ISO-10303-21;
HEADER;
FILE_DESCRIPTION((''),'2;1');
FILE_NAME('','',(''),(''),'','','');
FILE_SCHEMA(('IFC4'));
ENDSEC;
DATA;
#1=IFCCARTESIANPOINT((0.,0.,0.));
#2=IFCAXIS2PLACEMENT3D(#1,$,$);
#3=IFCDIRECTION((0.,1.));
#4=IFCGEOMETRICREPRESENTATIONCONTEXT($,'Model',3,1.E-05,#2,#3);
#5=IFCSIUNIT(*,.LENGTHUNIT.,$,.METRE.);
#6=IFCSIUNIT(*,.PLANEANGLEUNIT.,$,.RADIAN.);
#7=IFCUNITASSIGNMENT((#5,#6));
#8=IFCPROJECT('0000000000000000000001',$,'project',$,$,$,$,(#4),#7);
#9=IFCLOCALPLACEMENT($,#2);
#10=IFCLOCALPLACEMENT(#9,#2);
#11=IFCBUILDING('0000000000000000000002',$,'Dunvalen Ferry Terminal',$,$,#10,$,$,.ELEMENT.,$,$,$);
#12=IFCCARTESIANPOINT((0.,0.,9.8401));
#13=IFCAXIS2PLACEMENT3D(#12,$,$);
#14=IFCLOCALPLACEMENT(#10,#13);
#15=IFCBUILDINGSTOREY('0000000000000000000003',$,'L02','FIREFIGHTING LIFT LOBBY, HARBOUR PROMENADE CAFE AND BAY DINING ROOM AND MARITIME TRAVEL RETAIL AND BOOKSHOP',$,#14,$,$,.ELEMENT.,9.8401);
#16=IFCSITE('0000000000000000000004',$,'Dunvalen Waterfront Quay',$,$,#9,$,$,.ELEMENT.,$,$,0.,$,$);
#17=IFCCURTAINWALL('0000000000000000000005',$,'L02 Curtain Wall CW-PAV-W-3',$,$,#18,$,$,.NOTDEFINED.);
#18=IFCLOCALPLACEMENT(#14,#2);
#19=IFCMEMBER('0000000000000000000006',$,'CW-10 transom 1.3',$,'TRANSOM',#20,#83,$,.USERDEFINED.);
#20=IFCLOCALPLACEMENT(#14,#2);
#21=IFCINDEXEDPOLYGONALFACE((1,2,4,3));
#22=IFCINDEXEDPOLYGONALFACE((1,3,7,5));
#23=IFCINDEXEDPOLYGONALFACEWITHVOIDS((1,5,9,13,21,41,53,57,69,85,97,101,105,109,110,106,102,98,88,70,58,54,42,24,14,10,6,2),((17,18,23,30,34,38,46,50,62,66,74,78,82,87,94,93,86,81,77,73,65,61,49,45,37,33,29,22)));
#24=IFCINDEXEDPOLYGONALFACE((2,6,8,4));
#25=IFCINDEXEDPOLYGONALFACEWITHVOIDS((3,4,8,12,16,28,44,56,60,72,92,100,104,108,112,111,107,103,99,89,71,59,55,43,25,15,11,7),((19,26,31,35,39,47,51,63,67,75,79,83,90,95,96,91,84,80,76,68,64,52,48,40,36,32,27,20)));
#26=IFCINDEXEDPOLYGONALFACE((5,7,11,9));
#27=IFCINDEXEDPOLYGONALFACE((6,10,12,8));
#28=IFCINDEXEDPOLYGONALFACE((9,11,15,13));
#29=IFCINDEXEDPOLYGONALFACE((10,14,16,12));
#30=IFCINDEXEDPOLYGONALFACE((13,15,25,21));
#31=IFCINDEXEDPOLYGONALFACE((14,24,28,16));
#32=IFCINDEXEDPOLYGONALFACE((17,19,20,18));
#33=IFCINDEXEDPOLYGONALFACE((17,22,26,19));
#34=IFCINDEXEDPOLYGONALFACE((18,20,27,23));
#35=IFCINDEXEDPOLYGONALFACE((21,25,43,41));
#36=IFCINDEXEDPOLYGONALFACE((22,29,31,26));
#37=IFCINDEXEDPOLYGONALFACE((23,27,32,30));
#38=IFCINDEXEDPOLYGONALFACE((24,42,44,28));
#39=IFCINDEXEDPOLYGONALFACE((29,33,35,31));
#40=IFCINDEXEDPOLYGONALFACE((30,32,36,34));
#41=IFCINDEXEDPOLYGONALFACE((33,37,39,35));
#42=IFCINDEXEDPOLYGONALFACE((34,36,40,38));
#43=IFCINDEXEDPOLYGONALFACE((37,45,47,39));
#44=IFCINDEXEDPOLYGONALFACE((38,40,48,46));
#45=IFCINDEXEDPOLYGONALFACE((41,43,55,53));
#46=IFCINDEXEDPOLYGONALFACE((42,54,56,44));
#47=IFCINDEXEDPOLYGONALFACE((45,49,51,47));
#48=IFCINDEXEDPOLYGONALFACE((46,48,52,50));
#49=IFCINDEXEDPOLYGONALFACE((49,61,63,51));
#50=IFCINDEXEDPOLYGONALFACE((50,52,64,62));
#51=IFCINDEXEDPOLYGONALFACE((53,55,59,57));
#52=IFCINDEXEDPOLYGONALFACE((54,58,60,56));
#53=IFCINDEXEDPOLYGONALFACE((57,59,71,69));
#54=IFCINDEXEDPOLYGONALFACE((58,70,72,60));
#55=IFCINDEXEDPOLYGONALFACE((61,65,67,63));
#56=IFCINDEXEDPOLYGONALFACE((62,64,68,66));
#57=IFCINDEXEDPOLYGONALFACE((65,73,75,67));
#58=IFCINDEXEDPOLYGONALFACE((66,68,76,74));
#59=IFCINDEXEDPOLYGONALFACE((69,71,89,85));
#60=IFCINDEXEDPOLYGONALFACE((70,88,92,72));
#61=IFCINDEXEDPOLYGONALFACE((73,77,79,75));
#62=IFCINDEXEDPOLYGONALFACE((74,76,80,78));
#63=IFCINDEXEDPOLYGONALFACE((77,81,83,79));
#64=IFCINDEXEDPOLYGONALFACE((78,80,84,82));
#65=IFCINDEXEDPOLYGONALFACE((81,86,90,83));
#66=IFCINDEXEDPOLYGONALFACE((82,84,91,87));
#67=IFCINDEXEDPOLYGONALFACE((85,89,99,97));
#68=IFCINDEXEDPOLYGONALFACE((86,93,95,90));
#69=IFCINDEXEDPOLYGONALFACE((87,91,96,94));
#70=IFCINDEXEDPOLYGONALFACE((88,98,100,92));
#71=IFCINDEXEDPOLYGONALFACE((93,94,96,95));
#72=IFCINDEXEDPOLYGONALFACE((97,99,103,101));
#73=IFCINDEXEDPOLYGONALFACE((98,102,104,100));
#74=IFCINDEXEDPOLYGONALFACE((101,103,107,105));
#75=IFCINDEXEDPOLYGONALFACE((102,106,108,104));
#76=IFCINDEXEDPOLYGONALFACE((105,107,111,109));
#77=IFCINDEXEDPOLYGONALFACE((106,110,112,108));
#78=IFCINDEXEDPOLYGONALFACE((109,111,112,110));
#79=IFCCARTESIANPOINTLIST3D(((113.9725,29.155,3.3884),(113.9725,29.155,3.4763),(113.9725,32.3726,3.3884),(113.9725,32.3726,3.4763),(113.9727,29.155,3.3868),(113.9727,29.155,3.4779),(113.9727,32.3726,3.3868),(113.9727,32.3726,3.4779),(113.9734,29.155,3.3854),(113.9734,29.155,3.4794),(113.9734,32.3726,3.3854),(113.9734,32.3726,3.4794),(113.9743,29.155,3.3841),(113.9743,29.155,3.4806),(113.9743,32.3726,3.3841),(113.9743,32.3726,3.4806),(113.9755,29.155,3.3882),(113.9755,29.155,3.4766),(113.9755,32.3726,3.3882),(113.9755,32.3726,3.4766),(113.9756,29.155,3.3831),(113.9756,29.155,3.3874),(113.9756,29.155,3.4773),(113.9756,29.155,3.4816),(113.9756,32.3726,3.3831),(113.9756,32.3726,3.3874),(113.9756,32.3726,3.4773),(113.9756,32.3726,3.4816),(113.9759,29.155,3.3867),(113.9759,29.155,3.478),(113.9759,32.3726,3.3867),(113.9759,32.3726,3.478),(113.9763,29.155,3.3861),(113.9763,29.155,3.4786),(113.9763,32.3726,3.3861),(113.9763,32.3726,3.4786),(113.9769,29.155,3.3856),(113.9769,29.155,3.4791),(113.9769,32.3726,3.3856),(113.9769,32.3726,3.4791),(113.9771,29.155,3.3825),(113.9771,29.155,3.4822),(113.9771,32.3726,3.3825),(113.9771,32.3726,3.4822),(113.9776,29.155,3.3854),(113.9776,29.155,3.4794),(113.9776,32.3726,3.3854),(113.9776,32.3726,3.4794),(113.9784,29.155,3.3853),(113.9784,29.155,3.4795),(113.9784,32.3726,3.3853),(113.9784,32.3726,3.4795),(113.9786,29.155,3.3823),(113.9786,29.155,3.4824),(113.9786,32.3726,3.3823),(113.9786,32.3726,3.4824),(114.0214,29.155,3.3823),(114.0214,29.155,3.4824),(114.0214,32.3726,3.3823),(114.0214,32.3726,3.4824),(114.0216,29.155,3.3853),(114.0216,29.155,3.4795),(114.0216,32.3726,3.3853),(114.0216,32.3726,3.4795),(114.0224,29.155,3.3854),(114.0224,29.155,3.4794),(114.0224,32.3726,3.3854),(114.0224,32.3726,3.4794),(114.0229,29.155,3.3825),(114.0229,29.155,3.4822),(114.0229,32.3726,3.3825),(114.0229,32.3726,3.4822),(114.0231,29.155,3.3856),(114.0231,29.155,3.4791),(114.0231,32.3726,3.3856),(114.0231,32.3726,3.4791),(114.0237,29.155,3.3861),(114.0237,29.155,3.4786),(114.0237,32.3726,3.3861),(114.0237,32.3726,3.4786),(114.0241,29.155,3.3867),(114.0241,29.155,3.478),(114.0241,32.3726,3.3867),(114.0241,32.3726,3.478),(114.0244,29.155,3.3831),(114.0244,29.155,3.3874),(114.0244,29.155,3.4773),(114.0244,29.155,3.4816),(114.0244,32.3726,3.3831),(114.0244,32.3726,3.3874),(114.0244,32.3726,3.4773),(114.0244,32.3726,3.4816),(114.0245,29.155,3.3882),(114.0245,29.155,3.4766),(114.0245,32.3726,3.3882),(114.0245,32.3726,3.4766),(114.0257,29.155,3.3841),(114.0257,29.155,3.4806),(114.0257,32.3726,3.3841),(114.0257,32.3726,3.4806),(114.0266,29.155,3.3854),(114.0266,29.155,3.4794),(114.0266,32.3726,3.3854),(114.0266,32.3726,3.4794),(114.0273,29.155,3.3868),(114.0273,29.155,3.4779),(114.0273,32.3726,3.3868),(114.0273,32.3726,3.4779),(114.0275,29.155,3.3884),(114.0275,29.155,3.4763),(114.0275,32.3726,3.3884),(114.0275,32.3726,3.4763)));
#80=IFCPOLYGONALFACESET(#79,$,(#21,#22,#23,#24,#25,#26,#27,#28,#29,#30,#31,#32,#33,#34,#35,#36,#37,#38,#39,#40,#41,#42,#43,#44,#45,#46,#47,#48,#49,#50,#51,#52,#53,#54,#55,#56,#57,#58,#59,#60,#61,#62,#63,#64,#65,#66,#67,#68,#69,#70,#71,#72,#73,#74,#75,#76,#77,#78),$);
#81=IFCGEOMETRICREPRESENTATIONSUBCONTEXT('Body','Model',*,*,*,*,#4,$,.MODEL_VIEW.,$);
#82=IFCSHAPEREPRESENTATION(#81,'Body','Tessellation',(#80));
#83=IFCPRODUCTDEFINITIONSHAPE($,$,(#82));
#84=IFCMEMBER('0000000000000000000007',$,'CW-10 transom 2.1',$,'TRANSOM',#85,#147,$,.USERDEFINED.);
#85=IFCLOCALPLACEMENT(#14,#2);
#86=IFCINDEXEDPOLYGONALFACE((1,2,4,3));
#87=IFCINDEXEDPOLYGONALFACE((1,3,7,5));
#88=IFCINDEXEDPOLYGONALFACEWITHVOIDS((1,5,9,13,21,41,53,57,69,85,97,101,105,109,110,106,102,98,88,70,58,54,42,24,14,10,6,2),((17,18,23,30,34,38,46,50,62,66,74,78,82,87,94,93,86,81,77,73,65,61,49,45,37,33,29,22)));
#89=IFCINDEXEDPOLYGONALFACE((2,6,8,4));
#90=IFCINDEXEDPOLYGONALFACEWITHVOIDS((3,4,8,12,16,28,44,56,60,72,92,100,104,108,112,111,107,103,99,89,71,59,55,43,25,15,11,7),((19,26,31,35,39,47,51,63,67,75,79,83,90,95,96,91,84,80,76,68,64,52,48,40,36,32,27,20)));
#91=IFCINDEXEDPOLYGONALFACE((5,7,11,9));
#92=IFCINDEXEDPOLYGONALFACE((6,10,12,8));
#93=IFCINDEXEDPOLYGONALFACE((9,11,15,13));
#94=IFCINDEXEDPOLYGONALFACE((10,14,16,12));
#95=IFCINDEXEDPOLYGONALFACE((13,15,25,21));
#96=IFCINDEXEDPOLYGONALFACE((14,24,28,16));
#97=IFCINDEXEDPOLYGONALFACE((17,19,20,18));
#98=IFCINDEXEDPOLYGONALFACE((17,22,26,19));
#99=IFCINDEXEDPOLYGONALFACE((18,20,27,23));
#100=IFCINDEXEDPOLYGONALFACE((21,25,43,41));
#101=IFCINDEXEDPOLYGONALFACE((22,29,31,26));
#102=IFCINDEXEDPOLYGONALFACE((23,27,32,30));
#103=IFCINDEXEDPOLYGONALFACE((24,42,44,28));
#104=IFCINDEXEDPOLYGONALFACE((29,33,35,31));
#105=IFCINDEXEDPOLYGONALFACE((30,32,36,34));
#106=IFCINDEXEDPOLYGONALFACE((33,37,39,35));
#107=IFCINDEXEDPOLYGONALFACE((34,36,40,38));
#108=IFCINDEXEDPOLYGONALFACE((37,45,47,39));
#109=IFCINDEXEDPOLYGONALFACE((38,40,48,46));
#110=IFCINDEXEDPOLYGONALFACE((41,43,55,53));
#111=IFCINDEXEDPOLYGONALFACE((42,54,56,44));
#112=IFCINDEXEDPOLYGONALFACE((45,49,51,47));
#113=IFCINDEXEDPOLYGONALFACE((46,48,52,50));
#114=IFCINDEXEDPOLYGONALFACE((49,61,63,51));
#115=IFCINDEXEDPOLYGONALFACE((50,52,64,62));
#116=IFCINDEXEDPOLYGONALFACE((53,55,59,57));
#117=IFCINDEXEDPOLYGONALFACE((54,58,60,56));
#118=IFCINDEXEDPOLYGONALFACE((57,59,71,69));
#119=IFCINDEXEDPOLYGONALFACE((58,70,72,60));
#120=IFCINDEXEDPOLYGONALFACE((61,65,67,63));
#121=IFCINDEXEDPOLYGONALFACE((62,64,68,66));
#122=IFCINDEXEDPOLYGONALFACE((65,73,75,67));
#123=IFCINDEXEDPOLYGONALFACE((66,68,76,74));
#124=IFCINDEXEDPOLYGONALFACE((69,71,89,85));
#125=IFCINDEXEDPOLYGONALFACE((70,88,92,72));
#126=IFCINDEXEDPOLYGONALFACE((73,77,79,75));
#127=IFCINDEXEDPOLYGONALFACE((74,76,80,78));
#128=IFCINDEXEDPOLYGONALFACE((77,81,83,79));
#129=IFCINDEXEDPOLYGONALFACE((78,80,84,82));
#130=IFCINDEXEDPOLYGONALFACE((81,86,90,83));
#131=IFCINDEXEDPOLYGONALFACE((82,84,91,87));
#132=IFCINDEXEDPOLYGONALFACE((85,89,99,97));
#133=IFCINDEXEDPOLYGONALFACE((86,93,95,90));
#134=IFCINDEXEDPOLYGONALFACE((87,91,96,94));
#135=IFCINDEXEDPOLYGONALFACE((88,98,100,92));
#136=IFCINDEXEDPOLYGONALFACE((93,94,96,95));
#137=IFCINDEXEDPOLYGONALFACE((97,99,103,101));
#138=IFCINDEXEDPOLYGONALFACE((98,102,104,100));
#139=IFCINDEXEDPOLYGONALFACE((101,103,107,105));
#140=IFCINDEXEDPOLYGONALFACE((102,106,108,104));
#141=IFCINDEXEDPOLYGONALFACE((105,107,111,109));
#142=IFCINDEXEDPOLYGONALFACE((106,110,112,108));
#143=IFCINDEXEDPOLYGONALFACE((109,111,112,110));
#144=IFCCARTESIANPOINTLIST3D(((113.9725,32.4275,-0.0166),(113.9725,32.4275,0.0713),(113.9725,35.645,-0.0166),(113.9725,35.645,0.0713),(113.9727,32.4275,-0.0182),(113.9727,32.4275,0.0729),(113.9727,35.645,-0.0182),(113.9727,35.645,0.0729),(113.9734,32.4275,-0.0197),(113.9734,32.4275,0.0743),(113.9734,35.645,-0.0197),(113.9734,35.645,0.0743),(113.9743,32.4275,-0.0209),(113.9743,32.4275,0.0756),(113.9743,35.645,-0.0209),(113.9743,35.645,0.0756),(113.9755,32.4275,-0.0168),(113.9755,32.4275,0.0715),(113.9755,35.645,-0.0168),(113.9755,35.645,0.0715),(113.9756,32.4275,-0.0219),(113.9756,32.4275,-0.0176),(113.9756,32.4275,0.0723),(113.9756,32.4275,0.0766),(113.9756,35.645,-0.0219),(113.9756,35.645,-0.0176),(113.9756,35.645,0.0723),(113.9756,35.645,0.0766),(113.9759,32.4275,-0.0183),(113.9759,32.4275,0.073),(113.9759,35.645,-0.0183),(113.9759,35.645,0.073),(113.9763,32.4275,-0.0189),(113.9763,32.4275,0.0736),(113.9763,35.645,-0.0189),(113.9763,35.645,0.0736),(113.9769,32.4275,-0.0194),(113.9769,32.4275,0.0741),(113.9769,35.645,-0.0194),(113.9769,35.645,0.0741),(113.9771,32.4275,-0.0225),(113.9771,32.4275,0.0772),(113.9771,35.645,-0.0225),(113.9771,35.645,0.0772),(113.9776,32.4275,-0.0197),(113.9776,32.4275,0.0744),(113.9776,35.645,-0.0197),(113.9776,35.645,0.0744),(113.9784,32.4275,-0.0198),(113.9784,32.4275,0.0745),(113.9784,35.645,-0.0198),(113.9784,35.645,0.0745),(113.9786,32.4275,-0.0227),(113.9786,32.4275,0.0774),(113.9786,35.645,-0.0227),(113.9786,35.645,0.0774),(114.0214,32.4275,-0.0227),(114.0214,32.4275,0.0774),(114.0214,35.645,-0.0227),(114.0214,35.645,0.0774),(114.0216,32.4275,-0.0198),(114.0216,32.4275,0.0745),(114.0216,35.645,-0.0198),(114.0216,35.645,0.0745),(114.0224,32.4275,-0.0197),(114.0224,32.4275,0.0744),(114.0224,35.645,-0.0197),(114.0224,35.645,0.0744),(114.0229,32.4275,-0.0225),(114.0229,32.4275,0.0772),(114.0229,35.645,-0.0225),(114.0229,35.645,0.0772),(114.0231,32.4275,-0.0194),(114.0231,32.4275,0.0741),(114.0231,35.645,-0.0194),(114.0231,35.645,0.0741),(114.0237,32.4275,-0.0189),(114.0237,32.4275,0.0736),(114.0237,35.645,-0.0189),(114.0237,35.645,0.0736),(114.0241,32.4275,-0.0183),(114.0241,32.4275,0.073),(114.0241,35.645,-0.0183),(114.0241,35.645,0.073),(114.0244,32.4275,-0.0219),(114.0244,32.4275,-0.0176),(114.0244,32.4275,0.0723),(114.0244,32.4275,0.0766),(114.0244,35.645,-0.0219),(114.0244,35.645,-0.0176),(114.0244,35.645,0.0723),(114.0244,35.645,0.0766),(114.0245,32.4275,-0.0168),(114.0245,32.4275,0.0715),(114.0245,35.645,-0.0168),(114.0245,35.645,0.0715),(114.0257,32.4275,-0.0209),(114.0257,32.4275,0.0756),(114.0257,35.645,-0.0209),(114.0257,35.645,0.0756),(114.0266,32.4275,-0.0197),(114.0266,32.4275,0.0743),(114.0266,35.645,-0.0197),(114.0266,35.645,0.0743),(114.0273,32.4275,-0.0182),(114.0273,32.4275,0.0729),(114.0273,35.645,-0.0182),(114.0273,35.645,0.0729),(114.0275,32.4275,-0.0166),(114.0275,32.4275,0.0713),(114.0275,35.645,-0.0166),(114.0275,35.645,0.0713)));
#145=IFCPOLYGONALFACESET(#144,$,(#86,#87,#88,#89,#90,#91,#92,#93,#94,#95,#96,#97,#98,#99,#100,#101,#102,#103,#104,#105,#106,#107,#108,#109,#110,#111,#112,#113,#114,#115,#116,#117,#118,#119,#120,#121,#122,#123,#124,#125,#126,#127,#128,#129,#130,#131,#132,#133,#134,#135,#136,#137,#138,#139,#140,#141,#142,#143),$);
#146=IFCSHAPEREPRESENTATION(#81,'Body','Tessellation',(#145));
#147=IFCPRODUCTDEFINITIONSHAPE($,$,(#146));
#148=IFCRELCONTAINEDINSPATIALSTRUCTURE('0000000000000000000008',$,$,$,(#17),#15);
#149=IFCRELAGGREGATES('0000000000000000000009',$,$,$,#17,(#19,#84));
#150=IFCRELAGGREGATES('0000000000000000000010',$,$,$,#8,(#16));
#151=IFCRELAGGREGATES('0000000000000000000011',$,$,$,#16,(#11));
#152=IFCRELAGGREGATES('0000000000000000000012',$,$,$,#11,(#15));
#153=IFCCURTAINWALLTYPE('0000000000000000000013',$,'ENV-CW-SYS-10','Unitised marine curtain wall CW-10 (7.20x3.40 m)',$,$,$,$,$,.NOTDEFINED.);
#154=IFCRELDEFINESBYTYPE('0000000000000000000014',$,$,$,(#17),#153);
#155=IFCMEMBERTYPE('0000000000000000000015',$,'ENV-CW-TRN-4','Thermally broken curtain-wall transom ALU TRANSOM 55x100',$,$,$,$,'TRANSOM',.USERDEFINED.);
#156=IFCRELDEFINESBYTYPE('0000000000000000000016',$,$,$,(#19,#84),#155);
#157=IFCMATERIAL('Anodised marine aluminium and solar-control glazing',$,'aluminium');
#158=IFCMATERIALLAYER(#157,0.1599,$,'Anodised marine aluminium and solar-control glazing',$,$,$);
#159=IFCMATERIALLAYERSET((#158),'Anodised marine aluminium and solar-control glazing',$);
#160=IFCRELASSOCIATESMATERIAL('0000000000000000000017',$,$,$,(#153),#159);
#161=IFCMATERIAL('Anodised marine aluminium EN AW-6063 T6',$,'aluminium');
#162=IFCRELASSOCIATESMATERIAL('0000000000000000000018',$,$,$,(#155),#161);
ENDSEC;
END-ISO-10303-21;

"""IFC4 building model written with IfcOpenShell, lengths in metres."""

from ifc_helpers import new_model, si_unit, direction, frame, origin, origin_2d, place, context, subcontext, project, spatial, hollow_rectangle, extrude, material, layer, layer_set, material_profile, profile_set, type_object, element, aggregate, save


model = new_model("IFC4")

# Units and contexts
model_context = context("Model", 3, precision=1e-05, world=origin(), true_north=direction((0.0, 1.0)))
body_context = subcontext(model_context, "Body", "Model", "MODEL_VIEW")
ifc_project = project(units=[si_unit("LENGTHUNIT", "METRE"), si_unit("PLANEANGLEUNIT", "RADIAN")], contexts=[model_context])

# Site, building, storey
site_placement = place(None, origin())
site = spatial("IfcSite", under=ifc_project, at=site_placement, Name="Dunvalen Waterfront Quay", CompositionType="ELEMENT", RefElevation=0.0)
building_placement = place(site_placement, origin())
building = spatial("IfcBuilding", under=site, at=building_placement, Name="Dunvalen Ferry Terminal", CompositionType="ELEMENT")
storey_placement = place(building_placement, frame((0.0, 0.0, 9.8401)))
storey = spatial("IfcBuildingStorey", under=building, at=storey_placement, Name="L02", Description="FIREFIGHTING LIFT LOBBY, HARBOUR PROMENADE CAFE AND BAY DINING ROOM AND MARITIME TRAVEL RETAIL AND BOOKSHOP", CompositionType="ELEMENT", Elevation=9.8401)

# Curtain wall
ifc_material_1 = material(Name="Anodised marine aluminium and solar-control glazing", Category="aluminium")
ifc_material_2 = material(Name="Anodised marine aluminium EN AW-6063 T6", Category="aluminium")
ifc_layer_1 = layer(ifc_material_1, 0.1599, Name="Anodised marine aluminium and solar-control glazing")
ifc_layer_set_1 = layer_set([ifc_layer_1], Name="Anodised marine aluminium and solar-control glazing")
curtain_wall_type_1 = type_object("IfcCurtainWallType", Name="ENV-CW-SYS-10", Description="Unitised marine curtain wall CW-10 (7.20x3.40 m)", PredefinedType="NOTDEFINED", material=ifc_layer_set_1)
curtain_wall_1_placement = place(storey_placement, origin())
curtain_wall_1 = element("IfcCurtainWall", 1, at=curtain_wall_1_placement, inside=storey, type_object=curtain_wall_type_1, Name="L02 Curtain Wall CW-PAV-W-3", PredefinedType="NOTDEFINED")

# Members
ifc_material_profile_1 = material_profile(ifc_material_2, hollow_rectangle(XDim=0.0549, YDim=0.1001, WallThickness=0.0029, InnerFilletRadius=0.0029, OuterFilletRadius=0.0061, at=origin_2d()), Name="Anodised marine aluminium EN AW-6063 T6")
ifc_profile_set_1 = profile_set([ifc_material_profile_1], Name="Anodised marine aluminium EN AW-6063 T6")
member_type_1 = type_object("IfcMemberType", Name="ENV-CW-TRN-4", Description="Thermally broken curtain-wall transom ALU TRANSOM 55x100", ElementType="TRANSOM", PredefinedType="USERDEFINED", material=ifc_profile_set_1)
member_1_placement = place(storey_placement, frame((114.0, 29.155, 3.4324), z_axis=(0.0, 1.0, 0.0), x_axis=(-1.0, 0.0, 0.0)))
member_1 = element("IfcMember", 2, at=member_1_placement, type_object=member_type_1, Name="CW-10 transom 1.3", ObjectType="TRANSOM", PredefinedType="USERDEFINED", context=body_context, shape_type="SweptSolid", body=[
    extrude(hollow_rectangle(XDim=0.0549, YDim=0.1001, WallThickness=0.0029, InnerFilletRadius=0.0029, OuterFilletRadius=0.0061, at=origin_2d()), origin(), (0.0, 0.0, 1.0), 3.2175),
])
member_2_placement = place(storey_placement, frame((114.0, 32.4275, 0.0273), z_axis=(0.0, 1.0, 0.0), x_axis=(-1.0, 0.0, 0.0)))
member_2 = element("IfcMember", 3, at=member_2_placement, type_object=member_type_1, Name="CW-10 transom 2.1", ObjectType="TRANSOM", PredefinedType="USERDEFINED", context=body_context, shape_type="SweptSolid", body=[
    extrude(hollow_rectangle(XDim=0.0549, YDim=0.1001, WallThickness=0.0029, InnerFilletRadius=0.0029, OuterFilletRadius=0.0061, at=origin_2d()), origin(), (0.0, 0.0, 1.0), 3.2175),
])

aggregate(curtain_wall_1, [member_1, member_2])

save(model, "model.ifc")
